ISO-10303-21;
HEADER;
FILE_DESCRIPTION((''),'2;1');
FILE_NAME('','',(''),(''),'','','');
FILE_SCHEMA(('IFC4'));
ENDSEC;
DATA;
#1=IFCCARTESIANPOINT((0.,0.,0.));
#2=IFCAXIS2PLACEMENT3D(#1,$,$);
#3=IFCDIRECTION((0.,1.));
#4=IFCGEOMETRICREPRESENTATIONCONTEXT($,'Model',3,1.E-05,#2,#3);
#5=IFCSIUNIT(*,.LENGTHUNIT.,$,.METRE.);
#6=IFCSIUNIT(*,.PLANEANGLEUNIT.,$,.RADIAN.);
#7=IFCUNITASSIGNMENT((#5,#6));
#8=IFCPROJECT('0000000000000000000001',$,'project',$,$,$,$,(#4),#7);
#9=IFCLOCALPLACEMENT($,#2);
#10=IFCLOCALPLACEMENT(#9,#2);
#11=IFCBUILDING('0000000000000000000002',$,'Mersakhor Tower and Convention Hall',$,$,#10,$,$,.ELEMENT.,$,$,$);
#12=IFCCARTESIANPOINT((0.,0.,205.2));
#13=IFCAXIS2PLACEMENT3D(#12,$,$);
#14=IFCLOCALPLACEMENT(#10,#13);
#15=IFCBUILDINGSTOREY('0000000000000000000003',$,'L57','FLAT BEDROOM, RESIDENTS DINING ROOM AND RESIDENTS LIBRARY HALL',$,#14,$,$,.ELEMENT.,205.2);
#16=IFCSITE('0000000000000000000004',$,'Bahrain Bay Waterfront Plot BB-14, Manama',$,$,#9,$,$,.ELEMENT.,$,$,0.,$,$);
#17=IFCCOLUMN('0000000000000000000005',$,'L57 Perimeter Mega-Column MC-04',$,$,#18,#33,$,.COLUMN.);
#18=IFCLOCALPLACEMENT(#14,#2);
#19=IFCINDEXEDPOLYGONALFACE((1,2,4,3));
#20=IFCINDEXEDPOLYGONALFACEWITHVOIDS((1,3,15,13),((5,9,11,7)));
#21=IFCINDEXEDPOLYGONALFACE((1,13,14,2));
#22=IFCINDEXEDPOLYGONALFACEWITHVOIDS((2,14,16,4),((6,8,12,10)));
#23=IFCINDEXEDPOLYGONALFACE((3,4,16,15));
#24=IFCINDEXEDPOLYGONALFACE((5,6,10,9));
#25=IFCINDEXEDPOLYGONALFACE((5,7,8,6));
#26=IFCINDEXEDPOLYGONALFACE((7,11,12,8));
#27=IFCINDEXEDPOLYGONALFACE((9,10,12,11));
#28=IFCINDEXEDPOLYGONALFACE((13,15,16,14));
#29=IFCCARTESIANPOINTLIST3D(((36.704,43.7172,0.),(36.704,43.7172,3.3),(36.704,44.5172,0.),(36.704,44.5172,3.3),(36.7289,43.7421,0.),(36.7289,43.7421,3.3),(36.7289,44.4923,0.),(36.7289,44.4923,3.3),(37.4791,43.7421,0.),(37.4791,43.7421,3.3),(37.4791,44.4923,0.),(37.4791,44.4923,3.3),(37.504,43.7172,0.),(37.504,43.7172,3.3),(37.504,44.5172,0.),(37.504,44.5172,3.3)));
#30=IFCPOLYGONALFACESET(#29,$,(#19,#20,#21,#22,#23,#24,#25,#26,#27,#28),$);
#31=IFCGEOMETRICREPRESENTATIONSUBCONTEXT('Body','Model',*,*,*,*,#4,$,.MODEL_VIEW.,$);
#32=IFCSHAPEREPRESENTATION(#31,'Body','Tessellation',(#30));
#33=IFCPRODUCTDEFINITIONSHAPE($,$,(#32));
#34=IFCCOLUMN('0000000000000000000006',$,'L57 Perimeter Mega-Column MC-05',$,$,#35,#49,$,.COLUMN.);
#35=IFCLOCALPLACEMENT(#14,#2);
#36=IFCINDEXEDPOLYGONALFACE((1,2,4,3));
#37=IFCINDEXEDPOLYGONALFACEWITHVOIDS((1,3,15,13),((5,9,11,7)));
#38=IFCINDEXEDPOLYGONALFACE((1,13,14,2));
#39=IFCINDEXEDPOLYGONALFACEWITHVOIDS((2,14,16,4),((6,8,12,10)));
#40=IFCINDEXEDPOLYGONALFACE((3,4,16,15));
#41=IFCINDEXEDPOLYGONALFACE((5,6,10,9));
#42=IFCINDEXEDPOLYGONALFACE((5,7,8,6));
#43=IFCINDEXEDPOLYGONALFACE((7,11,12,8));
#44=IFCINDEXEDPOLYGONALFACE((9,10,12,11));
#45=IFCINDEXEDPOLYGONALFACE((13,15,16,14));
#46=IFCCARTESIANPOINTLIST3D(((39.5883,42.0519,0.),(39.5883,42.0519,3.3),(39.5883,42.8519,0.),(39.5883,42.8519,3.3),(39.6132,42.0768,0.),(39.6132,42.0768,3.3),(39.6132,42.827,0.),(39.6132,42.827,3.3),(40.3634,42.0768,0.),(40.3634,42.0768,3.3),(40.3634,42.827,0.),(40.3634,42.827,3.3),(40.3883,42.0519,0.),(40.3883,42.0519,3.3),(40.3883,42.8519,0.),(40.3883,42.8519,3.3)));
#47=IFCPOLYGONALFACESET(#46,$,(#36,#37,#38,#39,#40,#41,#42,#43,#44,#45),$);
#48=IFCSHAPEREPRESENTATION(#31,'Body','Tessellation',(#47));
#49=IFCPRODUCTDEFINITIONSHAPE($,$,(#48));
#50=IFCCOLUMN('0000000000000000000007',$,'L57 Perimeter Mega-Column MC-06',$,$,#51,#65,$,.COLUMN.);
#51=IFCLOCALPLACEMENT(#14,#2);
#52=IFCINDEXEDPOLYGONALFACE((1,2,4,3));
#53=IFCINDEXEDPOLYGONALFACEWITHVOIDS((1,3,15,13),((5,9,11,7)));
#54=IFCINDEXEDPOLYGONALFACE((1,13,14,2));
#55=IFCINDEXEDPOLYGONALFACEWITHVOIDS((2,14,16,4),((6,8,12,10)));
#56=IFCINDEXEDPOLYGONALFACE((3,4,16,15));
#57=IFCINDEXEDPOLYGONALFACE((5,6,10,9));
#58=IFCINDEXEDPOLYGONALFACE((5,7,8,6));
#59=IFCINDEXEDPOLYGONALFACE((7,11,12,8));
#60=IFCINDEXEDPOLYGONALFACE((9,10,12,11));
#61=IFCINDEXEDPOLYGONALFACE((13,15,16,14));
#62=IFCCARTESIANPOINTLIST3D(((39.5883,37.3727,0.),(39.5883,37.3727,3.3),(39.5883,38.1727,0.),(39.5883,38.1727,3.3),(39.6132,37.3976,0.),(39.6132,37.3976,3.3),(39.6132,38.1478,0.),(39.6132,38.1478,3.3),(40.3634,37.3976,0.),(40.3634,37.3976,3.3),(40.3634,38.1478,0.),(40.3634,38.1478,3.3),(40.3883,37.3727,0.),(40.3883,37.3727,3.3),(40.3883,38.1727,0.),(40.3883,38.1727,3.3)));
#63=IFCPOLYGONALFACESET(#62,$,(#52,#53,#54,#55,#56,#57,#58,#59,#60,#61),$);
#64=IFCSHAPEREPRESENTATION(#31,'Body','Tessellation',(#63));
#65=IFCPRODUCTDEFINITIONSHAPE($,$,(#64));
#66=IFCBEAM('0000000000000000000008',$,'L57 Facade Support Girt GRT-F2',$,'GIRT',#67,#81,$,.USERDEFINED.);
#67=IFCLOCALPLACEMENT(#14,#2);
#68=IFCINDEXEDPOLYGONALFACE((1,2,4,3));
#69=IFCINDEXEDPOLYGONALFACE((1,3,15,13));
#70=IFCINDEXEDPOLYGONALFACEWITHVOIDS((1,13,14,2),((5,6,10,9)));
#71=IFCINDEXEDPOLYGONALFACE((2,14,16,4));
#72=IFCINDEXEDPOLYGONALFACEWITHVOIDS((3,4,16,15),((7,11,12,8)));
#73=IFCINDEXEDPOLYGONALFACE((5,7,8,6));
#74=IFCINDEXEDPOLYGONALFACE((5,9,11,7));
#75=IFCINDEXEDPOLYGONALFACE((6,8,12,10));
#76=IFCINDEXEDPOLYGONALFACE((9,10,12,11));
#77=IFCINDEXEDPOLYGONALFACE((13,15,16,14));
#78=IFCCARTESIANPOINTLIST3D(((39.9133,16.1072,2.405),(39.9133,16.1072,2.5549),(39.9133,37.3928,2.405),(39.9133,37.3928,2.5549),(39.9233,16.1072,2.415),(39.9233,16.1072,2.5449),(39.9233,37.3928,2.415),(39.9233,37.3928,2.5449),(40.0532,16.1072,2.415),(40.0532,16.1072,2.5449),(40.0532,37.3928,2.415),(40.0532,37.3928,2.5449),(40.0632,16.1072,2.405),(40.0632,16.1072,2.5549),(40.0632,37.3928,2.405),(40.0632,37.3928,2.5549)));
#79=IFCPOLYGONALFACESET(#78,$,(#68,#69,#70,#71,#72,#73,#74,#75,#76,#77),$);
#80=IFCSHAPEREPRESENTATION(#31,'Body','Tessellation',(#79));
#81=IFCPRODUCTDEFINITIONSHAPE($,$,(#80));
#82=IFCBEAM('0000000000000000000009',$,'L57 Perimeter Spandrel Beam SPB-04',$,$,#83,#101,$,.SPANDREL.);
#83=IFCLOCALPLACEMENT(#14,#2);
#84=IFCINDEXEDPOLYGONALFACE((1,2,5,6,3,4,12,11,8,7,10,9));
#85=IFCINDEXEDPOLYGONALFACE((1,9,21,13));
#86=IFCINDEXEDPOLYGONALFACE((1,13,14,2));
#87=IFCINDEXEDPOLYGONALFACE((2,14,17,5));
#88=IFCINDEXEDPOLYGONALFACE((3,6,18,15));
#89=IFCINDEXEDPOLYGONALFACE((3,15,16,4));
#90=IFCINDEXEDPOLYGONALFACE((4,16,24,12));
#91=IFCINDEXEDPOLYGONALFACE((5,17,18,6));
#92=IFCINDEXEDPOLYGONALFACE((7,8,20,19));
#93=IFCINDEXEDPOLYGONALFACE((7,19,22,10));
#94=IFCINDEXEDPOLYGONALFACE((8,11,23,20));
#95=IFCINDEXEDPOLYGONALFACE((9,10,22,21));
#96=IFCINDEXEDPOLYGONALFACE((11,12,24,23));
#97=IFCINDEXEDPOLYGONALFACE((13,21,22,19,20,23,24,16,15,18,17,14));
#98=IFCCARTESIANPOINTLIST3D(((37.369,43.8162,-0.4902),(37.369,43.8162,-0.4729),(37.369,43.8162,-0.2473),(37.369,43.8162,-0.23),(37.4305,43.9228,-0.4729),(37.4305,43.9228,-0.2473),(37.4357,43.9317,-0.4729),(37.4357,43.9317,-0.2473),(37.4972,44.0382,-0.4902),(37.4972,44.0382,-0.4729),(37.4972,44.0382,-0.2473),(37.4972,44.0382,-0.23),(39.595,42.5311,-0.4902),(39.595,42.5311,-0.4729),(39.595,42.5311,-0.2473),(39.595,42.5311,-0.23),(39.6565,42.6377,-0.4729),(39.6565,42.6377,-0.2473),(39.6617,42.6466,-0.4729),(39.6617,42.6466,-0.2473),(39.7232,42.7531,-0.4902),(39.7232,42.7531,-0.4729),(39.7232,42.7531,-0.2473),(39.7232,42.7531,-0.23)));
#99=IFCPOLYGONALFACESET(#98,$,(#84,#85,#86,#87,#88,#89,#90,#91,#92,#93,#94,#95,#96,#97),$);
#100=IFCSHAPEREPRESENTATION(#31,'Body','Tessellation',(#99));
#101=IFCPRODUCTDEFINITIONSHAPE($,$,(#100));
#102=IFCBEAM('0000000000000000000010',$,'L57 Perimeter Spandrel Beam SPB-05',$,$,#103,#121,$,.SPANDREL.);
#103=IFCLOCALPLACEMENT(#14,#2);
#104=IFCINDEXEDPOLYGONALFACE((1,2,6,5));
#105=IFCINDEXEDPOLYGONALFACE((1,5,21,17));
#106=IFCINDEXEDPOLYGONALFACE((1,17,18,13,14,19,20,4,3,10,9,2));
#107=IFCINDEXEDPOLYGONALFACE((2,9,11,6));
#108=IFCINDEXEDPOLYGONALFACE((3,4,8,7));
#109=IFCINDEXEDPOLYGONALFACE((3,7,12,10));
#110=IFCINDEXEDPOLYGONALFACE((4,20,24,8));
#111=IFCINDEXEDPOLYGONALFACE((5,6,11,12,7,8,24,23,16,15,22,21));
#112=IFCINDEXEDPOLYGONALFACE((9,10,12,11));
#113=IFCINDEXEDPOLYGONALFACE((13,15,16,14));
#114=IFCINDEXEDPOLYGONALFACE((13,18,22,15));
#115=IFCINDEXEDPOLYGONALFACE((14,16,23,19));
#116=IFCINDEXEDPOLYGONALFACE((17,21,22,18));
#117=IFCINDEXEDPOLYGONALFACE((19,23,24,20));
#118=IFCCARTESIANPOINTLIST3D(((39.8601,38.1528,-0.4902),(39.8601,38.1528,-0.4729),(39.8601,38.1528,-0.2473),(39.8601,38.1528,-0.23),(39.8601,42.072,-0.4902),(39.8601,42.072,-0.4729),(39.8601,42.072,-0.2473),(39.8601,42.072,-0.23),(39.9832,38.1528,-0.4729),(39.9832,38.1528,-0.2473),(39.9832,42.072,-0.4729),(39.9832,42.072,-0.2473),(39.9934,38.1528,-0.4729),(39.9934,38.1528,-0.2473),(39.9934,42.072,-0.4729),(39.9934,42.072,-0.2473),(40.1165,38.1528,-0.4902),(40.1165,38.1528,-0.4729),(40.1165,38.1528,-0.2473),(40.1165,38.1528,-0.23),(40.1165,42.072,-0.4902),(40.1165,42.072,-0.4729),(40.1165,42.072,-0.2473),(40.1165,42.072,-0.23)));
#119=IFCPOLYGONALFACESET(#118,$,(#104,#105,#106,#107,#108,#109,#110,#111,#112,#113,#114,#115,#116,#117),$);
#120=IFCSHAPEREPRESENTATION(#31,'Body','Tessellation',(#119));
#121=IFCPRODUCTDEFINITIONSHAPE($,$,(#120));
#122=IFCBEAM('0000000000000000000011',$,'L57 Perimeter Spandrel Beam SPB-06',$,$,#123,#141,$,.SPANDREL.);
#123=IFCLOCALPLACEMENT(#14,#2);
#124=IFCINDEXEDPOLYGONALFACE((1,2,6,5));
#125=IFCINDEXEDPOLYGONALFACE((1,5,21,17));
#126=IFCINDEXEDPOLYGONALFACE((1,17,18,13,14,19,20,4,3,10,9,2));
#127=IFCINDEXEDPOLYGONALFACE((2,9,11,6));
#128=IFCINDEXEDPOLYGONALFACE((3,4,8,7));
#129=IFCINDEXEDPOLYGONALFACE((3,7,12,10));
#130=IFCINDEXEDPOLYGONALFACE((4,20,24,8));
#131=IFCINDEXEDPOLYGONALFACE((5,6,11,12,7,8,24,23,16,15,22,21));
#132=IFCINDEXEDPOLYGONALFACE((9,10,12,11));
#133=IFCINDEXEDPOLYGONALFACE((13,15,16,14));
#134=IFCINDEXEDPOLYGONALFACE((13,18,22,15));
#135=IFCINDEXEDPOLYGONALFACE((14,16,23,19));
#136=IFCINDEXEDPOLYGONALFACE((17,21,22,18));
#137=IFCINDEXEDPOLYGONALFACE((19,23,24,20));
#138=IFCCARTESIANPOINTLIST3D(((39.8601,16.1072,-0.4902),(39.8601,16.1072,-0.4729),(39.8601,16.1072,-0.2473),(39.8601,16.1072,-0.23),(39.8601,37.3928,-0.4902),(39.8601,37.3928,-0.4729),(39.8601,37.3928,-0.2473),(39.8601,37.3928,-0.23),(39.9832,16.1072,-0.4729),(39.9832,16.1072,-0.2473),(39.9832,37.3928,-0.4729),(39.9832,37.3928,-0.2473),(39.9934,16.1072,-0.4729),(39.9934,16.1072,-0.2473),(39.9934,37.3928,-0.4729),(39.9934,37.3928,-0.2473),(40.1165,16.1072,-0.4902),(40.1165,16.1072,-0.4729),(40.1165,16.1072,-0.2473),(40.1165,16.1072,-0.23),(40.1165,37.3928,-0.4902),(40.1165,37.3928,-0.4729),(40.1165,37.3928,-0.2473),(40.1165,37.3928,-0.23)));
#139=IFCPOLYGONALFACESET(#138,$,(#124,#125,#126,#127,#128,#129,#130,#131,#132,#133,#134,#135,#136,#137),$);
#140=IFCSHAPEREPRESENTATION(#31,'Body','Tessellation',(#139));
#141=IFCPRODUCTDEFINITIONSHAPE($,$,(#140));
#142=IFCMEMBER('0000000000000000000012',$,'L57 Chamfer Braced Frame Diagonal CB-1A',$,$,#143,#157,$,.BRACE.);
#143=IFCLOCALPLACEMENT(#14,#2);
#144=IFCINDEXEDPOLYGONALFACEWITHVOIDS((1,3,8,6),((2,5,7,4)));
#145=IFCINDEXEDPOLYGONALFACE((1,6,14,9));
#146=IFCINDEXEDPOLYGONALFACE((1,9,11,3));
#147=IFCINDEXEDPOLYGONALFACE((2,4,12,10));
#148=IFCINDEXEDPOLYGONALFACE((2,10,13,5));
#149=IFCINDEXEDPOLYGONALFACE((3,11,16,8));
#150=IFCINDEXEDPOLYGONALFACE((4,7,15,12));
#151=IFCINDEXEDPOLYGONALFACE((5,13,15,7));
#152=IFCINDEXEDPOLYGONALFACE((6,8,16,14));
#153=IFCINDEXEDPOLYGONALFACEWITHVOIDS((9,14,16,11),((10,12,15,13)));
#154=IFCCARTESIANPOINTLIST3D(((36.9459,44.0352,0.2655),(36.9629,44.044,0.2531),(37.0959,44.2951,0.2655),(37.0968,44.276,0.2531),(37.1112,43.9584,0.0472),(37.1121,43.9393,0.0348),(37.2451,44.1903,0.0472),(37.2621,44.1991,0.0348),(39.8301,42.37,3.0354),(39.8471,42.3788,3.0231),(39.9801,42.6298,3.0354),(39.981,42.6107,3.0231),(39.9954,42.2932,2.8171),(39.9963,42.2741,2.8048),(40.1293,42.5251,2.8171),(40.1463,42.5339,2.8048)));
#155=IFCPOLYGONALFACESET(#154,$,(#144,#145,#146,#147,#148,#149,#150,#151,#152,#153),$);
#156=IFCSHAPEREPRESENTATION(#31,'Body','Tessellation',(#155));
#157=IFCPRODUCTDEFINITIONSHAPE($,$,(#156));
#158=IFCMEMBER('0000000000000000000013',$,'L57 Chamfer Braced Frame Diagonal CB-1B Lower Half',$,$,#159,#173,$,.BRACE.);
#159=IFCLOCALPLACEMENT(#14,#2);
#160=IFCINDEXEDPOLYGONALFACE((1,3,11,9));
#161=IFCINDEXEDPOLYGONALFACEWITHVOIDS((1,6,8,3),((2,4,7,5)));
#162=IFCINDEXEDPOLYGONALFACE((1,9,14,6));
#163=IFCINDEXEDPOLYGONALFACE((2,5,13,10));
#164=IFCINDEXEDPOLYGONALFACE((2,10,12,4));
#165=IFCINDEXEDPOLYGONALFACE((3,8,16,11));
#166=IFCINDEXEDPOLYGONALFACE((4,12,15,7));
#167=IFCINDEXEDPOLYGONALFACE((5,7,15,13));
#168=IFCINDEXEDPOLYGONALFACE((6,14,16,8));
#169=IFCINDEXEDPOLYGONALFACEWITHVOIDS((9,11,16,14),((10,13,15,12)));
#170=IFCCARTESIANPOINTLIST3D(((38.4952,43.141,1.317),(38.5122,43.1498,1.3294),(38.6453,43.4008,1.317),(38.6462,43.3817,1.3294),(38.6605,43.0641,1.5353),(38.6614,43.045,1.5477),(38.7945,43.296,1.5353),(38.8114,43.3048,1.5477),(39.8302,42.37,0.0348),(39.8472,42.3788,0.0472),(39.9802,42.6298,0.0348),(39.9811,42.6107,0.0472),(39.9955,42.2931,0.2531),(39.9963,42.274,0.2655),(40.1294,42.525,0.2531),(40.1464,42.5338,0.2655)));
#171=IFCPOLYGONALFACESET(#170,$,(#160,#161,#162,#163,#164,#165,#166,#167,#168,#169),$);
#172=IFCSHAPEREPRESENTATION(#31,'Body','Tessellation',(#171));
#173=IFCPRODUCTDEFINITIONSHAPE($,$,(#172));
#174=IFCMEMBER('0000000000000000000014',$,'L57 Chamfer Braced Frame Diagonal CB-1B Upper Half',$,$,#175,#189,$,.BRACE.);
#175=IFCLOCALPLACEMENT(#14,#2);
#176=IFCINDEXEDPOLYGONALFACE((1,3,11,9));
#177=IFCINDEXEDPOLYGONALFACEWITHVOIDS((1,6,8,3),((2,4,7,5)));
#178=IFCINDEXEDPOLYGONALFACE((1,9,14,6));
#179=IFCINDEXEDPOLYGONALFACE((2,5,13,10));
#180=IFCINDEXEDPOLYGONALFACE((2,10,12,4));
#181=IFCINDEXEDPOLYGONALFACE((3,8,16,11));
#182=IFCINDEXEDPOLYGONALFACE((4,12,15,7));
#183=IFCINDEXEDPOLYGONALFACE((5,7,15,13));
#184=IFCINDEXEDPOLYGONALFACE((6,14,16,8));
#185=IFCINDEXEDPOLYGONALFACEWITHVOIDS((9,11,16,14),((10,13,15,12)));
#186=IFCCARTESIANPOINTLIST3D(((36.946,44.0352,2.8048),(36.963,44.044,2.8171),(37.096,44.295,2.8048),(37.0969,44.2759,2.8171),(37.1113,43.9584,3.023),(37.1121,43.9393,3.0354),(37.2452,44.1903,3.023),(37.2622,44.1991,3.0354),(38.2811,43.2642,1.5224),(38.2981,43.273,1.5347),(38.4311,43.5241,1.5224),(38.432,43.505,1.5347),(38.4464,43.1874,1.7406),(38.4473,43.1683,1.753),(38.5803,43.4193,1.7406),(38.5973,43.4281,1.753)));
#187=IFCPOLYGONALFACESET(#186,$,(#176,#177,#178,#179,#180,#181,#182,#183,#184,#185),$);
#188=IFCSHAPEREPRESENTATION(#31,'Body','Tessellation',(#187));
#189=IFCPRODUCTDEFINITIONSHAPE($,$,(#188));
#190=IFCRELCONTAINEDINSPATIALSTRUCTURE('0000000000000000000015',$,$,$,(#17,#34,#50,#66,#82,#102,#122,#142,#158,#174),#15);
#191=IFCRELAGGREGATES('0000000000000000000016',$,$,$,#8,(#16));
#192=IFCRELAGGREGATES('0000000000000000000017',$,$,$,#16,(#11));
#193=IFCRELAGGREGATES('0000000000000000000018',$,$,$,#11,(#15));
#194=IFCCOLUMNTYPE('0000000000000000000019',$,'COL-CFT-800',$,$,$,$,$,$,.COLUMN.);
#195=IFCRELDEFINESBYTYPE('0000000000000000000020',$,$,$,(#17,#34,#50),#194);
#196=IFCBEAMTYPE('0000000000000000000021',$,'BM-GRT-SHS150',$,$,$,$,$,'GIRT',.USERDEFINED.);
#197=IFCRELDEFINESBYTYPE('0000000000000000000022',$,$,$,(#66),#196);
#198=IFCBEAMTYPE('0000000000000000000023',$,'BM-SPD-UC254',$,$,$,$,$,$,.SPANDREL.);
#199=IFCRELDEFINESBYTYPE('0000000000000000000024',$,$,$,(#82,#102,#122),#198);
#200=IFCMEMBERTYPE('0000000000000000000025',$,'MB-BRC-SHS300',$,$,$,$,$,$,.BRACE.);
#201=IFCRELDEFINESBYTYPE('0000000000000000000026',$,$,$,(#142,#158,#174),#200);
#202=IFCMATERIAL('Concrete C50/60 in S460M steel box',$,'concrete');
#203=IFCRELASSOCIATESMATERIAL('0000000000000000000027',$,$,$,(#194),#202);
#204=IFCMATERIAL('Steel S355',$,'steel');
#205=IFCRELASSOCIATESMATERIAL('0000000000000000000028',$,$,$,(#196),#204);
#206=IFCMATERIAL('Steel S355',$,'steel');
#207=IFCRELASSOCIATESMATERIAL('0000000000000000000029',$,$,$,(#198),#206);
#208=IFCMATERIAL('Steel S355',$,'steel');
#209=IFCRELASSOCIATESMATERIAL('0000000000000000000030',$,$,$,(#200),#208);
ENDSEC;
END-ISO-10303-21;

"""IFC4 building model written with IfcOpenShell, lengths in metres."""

from ifc_helpers import new_model, si_unit, direction, frame, origin, origin_2d, place, context, subcontext, project, spatial, hollow_rectangle, i_section, extrude, material, material_profile, profile_set, type_object, element, save


model = new_model("IFC4")

# Units and contexts
model_context = context("Model", 3, precision=1e-05, world=origin(), true_north=direction((0.0, 1.0)))
body_context = subcontext(model_context, "Body", "Model", "MODEL_VIEW")
ifc_project = project(units=[si_unit("LENGTHUNIT", "METRE"), si_unit("PLANEANGLEUNIT", "RADIAN")], contexts=[model_context])

# Site, building, storey
site_placement = place(None, origin())
site = spatial("IfcSite", under=ifc_project, at=site_placement, Name="Bahrain Bay Waterfront Plot BB-14, Manama", CompositionType="ELEMENT", RefElevation=0.0)
building_placement = place(site_placement, origin())
building = spatial("IfcBuilding", under=site, at=building_placement, Name="Mersakhor Tower and Convention Hall", CompositionType="ELEMENT")
storey_placement = place(building_placement, frame((0.0, 0.0, 205.2)))
storey = spatial("IfcBuildingStorey", under=building, at=storey_placement, Name="L57", Description="FLAT BEDROOM, RESIDENTS DINING ROOM AND RESIDENTS LIBRARY HALL", CompositionType="ELEMENT", Elevation=205.2)

# Columns
ifc_material_1 = material(Name="Concrete C50/60 in S460M steel box", Category="concrete")
ifc_material_profile_1 = material_profile(ifc_material_1, hollow_rectangle(XDim=0.8, YDim=0.8, WallThickness=0.0249, at=origin_2d()), Name="SHS 800x800x25")
ifc_profile_set_1 = profile_set([ifc_material_profile_1], Name="Concrete C50/60 in S460M steel box")
column_type = type_object("IfcColumnType", Name="COL-CFT-800", PredefinedType="COLUMN", material=ifc_profile_set_1)
for number, where, z_axis, x_axis, name in (
    (1, (37.104, 44.1172, 0.0), (0.0, 0.0, 1.0), (1.0, 0.0, 0.0), "L57 Perimeter Mega-Column MC-04"),
    (2, (39.9883, 42.4519, 0.0), (0.0, 0.0, 1.0), (1.0, 0.0, 0.0), "L57 Perimeter Mega-Column MC-05"),
    (3, (39.9883, 37.7727, 0.0), (0.0, 0.0, 1.0), (1.0, 0.0, 0.0), "L57 Perimeter Mega-Column MC-06"),
):
    element("IfcColumn", number, at=place(storey_placement, frame(where, z_axis=z_axis, x_axis=x_axis)), inside=storey, type_object=column_type, Name=name, PredefinedType="COLUMN", context=body_context, shape_type="SweptSolid", body=[
        extrude(hollow_rectangle(XDim=0.8, YDim=0.8, WallThickness=0.0249, at=origin_2d()), origin(), (0.0, 0.0, 1.0), 3.3),
    ])

# Beams
ifc_material_2 = material(Name="Steel S355", Category="steel")
ifc_material_profile_2 = material_profile(ifc_material_2, hollow_rectangle(XDim=0.1499, YDim=0.1499, WallThickness=0.01, at=origin_2d()), Name="SHS 150x150x10")
ifc_profile_set_2 = profile_set([ifc_material_profile_2], Name="Steel S355")
beam_type_1 = type_object("IfcBeamType", Name="BM-GRT-SHS150", ElementType="GIRT", PredefinedType="USERDEFINED", material=ifc_profile_set_2)
beam_1_placement = place(storey_placement, frame((39.9883, 37.3928, 2.48), z_axis=(0.0, -1.0, 0.0), x_axis=(1.0, 0.0, 0.0)))
element("IfcBeam", 4, at=beam_1_placement, inside=storey, type_object=beam_type_1, Name="L57 Facade Support Girt GRT-F2", ObjectType="GIRT", PredefinedType="USERDEFINED", context=body_context, shape_type="SweptSolid", body=[
    extrude(hollow_rectangle(XDim=0.1499, YDim=0.1499, WallThickness=0.01, at=origin_2d()), origin(), (0.0, 0.0, 1.0), 21.2856),
])
ifc_material_3 = material(Name="Steel S355", Category="steel")
ifc_material_profile_3 = material_profile(ifc_material_3, i_section(OverallWidth=0.2563, OverallDepth=0.2603, WebThickness=0.0103, FlangeThickness=0.0173, at=origin_2d()), Name="UC 254x254x89")
ifc_profile_set_3 = profile_set([ifc_material_profile_3], Name="Steel S355")
beam_type_2 = type_object("IfcBeamType", Name="BM-SPD-UC254", PredefinedType="SPANDREL", material=ifc_profile_set_3)
beam_2_placement = place(storey_placement, frame((37.4331, 43.9272, -0.3601), z_axis=(0.866037, -0.49998, 0.0), x_axis=(0.49998, 0.866037, 0.0)))
element("IfcBeam", 5, at=beam_2_placement, inside=storey, type_object=beam_type_2, Name="L57 Perimeter Spandrel Beam SPB-04", PredefinedType="SPANDREL", context=body_context, shape_type="SweptSolid", body=[
    extrude(i_section(OverallWidth=0.2563, OverallDepth=0.2603, WebThickness=0.0103, FlangeThickness=0.0173, at=origin_2d()), origin(), (0.0, 0.0, 1.0), 2.5703),
])
beam_3_placement = place(storey_placement, frame((39.9883, 42.072, -0.3601), z_axis=(0.0, -1.0, 0.0), x_axis=(1.0, 0.0, 0.0)))
element("IfcBeam", 6, at=beam_3_placement, inside=storey, type_object=beam_type_2, Name="L57 Perimeter Spandrel Beam SPB-05", PredefinedType="SPANDREL", context=body_context, shape_type="SweptSolid", body=[
    extrude(i_section(OverallWidth=0.2563, OverallDepth=0.2603, WebThickness=0.0103, FlangeThickness=0.0173, at=origin_2d()), origin(), (0.0, 0.0, 1.0), 3.9192),
])
beam_4_placement = place(storey_placement, frame((39.9883, 37.3928, -0.3601), z_axis=(0.0, -1.0, 0.0), x_axis=(1.0, 0.0, 0.0)))
element("IfcBeam", 7, at=beam_4_placement, inside=storey, type_object=beam_type_2, Name="L57 Perimeter Spandrel Beam SPB-06", PredefinedType="SPANDREL", context=body_context, shape_type="SweptSolid", body=[
    extrude(i_section(OverallWidth=0.2563, OverallDepth=0.2603, WebThickness=0.0103, FlangeThickness=0.0173, at=origin_2d()), origin(), (0.0, 0.0, 1.0), 21.2856),
])

# Members
ifc_material_4 = material(Name="Steel S355", Category="steel")
ifc_material_profile_4 = material_profile(ifc_material_4, hollow_rectangle(XDim=0.3, YDim=0.3, WallThickness=0.0161, at=origin_2d()), Name="SHS 300x300x16")
ifc_profile_set_4 = profile_set([ifc_material_profile_4], Name="Steel S355")
member_type = type_object("IfcMemberType", Name="MB-BRC-SHS300", PredefinedType="BRACE", material=ifc_profile_set_4)
member_1_placement = place(storey_placement, frame((37.104, 44.1172, 0.1501), z_axis=(0.665825, -0.384425, 0.639449), x_axis=(0.50001, 0.86602, 0.0)))
element("IfcMember", 8, at=member_1_placement, inside=storey, type_object=member_type, Name="L57 Chamfer Braced Frame Diagonal CB-1A", PredefinedType="BRACE", context=body_context, shape_type="SweptSolid", body=[
    extrude(hollow_rectangle(XDim=0.3, YDim=0.3, WallThickness=0.0161, at=origin_2d()), origin(), (0.0, 0.0, 1.0), 4.3318),
])
member_2_placement = place(storey_placement, frame((39.9883, 42.4519, 0.1501), z_axis=(-0.665763, 0.384506, 0.639464), x_axis=(-0.500125, -0.865953, 0.0)))
element("IfcMember", 9, at=member_2_placement, inside=storey, type_object=member_type, Name="L57 Chamfer Braced Frame Diagonal CB-1B Lower Half", PredefinedType="BRACE", context=body_context, shape_type="SweptSolid", body=[
    extrude(hollow_rectangle(XDim=0.3, YDim=0.3, WallThickness=0.0161, at=origin_2d()), origin(), (0.0, 0.0, 1.0), 2.0051),
])
member_3_placement = place(storey_placement, frame((38.4392, 43.3462, 1.6377), z_axis=(-0.665779, 0.384445, 0.639484), x_axis=(-0.500056, -0.865993, 0.0)))
element("IfcMember", 10, at=member_3_placement, inside=storey, type_object=member_type, Name="L57 Chamfer Braced Frame Diagonal CB-1B Upper Half", PredefinedType="BRACE", context=body_context, shape_type="SweptSolid", body=[
    extrude(hollow_rectangle(XDim=0.3, YDim=0.3, WallThickness=0.0161, at=origin_2d()), origin(), (0.0, 0.0, 1.0), 2.0054),
])

save(model, "model.ifc")
